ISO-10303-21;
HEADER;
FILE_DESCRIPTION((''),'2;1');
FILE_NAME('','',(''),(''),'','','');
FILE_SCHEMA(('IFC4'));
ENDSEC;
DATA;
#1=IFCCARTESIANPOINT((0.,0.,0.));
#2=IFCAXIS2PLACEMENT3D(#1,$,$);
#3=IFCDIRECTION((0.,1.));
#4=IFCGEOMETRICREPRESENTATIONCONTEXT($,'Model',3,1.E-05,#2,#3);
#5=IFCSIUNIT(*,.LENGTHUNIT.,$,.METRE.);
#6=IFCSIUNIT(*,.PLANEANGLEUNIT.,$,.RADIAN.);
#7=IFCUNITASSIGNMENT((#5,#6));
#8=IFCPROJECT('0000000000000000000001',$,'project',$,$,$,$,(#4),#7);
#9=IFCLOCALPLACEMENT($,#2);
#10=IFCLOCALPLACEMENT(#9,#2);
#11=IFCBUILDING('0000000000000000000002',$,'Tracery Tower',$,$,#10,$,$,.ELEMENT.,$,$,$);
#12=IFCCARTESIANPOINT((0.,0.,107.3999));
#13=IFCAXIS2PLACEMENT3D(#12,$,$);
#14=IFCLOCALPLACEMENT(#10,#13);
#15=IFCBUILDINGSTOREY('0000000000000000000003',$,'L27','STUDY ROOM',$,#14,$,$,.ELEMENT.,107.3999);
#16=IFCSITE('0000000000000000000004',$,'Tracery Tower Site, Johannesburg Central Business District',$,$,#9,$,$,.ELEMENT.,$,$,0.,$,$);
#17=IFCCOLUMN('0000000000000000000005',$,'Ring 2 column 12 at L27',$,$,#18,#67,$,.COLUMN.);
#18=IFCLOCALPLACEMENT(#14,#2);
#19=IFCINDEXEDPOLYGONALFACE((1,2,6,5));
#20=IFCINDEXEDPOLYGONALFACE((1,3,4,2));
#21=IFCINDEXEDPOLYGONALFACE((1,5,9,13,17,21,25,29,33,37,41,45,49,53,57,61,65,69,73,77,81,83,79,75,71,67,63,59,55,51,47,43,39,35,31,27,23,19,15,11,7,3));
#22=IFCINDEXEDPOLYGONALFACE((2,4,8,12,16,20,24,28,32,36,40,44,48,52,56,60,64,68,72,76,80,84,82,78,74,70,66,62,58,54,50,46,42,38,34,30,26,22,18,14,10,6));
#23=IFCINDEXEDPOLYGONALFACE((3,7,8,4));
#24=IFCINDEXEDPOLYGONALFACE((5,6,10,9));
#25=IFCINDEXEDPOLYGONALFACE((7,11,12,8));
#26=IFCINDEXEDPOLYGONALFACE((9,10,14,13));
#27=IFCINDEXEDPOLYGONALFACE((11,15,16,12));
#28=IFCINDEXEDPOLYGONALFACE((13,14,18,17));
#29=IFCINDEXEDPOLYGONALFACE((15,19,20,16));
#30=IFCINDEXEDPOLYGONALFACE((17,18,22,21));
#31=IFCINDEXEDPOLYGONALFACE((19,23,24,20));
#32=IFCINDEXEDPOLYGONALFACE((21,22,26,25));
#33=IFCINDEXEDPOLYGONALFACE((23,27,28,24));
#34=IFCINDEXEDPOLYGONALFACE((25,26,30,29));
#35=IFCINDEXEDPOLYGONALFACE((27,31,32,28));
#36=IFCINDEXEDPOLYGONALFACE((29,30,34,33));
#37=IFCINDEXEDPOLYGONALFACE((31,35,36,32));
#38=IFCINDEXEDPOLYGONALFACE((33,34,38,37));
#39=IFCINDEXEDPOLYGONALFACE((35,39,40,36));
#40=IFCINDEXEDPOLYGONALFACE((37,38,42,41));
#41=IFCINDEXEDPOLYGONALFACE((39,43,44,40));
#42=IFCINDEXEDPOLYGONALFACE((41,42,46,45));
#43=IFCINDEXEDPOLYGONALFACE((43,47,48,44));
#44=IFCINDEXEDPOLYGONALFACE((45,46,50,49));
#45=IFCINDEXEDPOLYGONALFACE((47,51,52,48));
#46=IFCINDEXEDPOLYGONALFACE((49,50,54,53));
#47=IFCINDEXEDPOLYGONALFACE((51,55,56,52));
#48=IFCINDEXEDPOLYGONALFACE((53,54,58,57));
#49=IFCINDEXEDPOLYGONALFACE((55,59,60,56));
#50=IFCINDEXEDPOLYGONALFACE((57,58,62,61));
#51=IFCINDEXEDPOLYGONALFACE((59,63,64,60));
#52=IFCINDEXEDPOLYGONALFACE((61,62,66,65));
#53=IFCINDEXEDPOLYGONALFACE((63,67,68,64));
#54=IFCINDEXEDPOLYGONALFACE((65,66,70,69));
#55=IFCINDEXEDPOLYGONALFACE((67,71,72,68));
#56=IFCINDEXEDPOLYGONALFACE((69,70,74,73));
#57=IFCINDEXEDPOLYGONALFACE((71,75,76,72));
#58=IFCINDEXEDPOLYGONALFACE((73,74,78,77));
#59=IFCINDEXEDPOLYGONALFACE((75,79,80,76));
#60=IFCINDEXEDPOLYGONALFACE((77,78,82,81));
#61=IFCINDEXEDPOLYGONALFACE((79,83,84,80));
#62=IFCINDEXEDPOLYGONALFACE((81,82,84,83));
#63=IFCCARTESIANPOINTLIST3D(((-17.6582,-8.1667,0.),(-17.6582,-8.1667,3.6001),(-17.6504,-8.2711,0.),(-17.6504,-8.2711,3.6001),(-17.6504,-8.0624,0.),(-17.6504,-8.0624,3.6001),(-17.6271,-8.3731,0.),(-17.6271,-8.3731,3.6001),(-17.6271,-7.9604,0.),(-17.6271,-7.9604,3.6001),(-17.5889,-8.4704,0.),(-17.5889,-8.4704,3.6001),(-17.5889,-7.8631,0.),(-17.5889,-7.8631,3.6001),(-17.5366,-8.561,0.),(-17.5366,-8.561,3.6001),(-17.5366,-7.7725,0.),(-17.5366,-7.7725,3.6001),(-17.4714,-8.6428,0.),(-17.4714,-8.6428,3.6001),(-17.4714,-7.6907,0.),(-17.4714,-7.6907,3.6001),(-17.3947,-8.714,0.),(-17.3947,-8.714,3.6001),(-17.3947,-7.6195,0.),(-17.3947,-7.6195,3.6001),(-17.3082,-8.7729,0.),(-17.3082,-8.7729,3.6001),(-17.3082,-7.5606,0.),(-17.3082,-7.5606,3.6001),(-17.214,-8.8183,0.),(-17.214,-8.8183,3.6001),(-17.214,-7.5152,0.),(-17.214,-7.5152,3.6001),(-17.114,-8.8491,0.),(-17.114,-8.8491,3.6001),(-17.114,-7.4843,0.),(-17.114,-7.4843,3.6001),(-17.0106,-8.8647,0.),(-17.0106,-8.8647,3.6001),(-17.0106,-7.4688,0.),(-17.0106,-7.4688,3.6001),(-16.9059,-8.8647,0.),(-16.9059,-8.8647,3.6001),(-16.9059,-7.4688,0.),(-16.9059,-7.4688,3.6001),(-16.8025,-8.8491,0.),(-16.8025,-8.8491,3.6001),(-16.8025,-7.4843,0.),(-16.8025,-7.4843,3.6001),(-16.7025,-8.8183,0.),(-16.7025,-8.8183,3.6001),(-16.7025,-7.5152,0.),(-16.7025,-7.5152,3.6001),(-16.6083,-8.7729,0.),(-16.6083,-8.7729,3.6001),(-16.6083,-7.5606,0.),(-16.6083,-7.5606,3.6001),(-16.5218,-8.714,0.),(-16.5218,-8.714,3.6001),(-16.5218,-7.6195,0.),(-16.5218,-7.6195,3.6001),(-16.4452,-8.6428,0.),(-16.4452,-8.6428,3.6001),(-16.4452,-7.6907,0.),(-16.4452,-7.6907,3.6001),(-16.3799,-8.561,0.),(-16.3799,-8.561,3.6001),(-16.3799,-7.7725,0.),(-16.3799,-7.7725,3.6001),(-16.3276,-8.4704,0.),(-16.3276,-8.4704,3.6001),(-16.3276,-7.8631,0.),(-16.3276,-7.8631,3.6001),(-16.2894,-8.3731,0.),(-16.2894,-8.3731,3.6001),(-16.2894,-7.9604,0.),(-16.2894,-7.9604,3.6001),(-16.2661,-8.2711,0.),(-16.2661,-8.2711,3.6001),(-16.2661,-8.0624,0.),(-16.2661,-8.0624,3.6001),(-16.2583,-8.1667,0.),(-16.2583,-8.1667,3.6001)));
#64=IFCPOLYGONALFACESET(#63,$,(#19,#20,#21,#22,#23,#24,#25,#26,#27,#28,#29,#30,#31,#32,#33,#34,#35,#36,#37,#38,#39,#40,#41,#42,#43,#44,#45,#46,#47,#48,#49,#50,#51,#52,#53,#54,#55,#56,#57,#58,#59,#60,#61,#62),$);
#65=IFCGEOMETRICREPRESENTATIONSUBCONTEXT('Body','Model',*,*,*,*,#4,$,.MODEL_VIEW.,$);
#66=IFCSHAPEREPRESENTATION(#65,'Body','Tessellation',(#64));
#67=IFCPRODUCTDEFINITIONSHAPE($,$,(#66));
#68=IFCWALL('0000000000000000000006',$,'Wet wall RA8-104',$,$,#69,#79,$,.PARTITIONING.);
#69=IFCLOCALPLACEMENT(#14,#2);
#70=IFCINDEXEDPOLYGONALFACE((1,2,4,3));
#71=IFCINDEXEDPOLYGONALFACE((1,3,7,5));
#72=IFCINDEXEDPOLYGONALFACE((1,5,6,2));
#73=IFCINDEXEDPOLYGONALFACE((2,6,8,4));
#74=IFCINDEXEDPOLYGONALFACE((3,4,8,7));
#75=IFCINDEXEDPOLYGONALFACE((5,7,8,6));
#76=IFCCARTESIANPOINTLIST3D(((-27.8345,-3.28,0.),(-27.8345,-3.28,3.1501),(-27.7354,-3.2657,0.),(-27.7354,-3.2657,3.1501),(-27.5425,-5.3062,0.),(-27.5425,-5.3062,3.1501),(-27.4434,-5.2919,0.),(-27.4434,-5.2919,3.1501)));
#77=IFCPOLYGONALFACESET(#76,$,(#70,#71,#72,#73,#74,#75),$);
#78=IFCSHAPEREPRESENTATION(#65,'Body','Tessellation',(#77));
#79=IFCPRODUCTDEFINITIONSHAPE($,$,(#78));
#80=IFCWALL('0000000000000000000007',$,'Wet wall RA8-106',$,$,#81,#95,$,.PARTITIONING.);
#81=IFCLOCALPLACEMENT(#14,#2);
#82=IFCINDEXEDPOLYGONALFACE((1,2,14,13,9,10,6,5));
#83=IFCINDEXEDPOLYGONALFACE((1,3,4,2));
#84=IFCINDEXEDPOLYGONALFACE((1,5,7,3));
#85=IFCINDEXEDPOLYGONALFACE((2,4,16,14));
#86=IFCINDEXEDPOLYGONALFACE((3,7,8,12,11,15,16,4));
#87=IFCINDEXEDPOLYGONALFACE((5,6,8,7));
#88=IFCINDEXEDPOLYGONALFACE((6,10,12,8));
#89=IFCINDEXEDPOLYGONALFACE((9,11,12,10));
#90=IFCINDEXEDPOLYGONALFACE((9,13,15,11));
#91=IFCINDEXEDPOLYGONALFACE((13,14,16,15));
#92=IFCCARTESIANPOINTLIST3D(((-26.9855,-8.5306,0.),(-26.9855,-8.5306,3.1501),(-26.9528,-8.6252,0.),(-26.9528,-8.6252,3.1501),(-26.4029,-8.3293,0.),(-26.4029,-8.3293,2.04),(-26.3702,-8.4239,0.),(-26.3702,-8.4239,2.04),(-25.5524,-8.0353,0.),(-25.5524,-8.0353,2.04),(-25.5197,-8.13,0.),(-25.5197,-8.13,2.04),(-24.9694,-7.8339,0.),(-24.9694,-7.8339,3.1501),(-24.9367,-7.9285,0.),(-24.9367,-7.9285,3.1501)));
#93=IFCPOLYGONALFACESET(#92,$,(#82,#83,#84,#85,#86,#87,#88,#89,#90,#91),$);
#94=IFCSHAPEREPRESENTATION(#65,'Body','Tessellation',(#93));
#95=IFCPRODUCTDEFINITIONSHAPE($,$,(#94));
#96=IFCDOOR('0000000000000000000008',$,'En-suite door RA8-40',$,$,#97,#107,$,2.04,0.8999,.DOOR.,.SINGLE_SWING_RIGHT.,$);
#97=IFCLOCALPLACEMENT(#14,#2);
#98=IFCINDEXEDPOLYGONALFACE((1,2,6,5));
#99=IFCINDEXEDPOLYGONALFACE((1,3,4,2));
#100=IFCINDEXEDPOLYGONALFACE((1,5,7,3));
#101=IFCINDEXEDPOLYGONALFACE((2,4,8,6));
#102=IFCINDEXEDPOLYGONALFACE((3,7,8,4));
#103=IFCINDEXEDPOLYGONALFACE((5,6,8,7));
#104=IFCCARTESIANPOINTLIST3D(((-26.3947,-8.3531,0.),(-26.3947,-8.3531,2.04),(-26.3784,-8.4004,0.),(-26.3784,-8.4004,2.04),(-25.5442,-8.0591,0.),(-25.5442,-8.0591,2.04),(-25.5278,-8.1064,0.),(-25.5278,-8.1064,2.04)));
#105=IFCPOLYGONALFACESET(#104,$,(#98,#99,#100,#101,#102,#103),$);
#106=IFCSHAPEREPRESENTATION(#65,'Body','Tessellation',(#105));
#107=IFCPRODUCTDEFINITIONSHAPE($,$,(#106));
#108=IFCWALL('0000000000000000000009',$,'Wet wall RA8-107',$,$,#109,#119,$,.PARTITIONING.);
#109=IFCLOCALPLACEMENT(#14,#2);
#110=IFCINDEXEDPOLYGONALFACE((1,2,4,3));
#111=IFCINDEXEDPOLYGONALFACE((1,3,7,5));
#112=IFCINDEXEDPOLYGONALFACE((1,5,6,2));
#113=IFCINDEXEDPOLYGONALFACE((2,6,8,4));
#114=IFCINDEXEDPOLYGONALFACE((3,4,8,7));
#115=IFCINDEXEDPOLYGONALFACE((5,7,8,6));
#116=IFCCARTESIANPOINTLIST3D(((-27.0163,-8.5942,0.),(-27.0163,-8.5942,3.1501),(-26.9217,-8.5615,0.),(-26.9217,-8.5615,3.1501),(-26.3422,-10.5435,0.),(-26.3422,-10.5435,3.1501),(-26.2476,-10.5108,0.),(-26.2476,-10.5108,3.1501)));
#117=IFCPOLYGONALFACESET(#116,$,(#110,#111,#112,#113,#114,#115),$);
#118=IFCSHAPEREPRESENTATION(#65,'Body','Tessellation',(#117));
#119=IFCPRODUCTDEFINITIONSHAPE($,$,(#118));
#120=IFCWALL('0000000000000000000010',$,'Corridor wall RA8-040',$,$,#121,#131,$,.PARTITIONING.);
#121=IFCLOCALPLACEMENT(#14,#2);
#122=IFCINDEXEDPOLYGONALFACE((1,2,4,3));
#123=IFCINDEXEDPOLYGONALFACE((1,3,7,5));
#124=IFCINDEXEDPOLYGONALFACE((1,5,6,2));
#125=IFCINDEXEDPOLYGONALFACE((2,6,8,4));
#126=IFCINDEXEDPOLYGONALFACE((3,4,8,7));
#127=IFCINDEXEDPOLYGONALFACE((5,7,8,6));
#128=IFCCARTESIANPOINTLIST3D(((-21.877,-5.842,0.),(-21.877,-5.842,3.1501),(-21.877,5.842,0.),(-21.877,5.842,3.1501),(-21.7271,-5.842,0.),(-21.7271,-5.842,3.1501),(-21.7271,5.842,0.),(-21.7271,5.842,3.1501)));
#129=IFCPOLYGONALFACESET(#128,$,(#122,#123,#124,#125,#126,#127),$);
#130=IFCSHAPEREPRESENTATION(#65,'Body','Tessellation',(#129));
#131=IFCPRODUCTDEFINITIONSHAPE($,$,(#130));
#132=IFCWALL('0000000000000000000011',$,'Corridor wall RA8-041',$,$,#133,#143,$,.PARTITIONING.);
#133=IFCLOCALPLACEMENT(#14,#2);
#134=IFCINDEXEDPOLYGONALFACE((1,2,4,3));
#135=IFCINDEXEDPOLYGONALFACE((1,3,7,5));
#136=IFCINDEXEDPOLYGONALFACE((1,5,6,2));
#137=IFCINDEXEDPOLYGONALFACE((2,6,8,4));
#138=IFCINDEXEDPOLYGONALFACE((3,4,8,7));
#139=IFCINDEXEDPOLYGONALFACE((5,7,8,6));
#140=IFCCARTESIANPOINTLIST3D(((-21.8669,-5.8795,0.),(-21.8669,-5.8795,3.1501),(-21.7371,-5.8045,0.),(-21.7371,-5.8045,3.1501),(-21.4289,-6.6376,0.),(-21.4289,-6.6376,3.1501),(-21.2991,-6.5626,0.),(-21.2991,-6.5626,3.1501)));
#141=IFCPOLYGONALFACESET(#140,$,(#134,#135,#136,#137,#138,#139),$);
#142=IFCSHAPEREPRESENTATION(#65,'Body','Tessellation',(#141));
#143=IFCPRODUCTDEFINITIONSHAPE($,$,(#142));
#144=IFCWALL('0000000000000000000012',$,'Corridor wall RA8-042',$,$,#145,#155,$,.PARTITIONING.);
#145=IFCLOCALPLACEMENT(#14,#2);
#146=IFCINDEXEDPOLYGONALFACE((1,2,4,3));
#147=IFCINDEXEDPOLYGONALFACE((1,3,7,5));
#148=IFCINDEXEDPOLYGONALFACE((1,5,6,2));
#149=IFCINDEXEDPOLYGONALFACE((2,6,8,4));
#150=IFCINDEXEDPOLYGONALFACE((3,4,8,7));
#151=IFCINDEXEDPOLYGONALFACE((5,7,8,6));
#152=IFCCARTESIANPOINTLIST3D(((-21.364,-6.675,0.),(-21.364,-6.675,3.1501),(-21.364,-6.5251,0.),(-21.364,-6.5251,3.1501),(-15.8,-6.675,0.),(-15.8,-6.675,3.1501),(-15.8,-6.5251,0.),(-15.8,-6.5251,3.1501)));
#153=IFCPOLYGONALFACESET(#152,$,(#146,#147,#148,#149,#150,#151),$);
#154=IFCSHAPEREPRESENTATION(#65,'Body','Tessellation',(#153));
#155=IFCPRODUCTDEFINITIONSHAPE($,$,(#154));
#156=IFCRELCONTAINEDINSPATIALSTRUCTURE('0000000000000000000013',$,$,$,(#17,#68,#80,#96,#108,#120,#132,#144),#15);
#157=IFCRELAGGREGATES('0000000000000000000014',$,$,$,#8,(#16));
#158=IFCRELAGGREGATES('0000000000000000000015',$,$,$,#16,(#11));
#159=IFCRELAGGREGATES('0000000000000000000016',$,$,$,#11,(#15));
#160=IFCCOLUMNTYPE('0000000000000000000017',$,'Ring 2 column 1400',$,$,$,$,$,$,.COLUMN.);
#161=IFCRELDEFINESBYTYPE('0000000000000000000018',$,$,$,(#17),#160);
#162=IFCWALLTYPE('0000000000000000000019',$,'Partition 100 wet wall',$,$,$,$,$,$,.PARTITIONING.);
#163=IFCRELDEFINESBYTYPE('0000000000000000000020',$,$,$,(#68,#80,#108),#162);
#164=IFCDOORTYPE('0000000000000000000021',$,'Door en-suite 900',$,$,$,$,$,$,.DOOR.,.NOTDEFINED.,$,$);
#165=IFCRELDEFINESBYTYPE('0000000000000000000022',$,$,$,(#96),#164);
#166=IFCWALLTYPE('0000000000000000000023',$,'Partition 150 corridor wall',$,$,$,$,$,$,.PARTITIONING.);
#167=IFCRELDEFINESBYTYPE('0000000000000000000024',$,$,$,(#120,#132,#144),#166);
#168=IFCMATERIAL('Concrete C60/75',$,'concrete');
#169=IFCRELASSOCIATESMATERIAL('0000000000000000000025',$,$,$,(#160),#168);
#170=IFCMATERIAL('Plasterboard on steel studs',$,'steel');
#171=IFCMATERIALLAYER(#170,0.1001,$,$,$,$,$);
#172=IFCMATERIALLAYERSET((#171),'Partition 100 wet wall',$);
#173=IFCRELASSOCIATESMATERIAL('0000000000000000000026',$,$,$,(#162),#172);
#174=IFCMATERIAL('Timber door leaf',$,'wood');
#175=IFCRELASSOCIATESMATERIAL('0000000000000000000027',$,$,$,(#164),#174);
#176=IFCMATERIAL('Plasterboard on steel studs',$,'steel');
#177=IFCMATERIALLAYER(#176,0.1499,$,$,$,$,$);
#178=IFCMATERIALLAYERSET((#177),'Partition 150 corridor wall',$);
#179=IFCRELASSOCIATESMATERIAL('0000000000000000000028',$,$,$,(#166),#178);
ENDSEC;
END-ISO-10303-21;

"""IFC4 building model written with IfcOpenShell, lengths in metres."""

from ifc_helpers import new_model, si_unit, direction, frame, frame_2d, origin, origin_2d, place, context, subcontext, project, spatial, rectangle, circle, extrude, material, layer, layer_set, material_profile, profile_set, type_object, element, fill, save


model = new_model("IFC4")

# Units and contexts
model_context = context("Model", 3, precision=1e-05, world=origin(), true_north=direction((0.0, 1.0)))
body_context = subcontext(model_context, "Body", "Model", "MODEL_VIEW")
ifc_project = project(units=[si_unit("LENGTHUNIT", "METRE"), si_unit("PLANEANGLEUNIT", "RADIAN")], contexts=[model_context])

# Site, building, storey
site_placement = place(None, origin())
site = spatial("IfcSite", under=ifc_project, at=site_placement, Name="Tracery Tower Site, Johannesburg Central Business District", CompositionType="ELEMENT", RefElevation=0.0)
building_placement = place(site_placement, origin())
building = spatial("IfcBuilding", under=site, at=building_placement, Name="Tracery Tower", CompositionType="ELEMENT")
storey_placement = place(building_placement, frame((0.0, 0.0, 107.3999)))
storey = spatial("IfcBuildingStorey", under=building, at=storey_placement, Name="L27", Description="STUDY ROOM", CompositionType="ELEMENT", Elevation=107.3999)

# Column
ifc_material_1 = material(Name="Concrete C60/75", Category="concrete")
ifc_material_profile_1 = material_profile(ifc_material_1, circle(Radius=0.7, at=origin_2d()), Name="RC D1400")
ifc_profile_set_1 = profile_set([ifc_material_profile_1], Name="Concrete C60/75")
column_type_1 = type_object("IfcColumnType", Name="Ring 2 column 1400", PredefinedType="COLUMN", material=ifc_profile_set_1)
for number, where, z_axis, x_axis, name in (
    (1, (-16.9583, -8.1667, 0.0), (0.0, 0.0, 1.0), (1.0, 0.0, 0.0), "Ring 2 column 12 at L27"),
):
    element("IfcColumn", number, at=place(storey_placement, frame(where, z_axis=z_axis, x_axis=x_axis)), inside=storey, type_object=column_type_1, Name=name, PredefinedType="COLUMN", context=body_context, shape_type="SweptSolid", body=[
        extrude(circle(Radius=0.7, at=origin_2d()), origin(), (0.0, 0.0, 1.0), 3.6001),
    ])

# Wall
ifc_material_2 = material(Name="Plasterboard on steel studs", Category="steel")
ifc_layer_1 = layer(ifc_material_2, 0.1001)
ifc_layer_set_1 = layer_set([ifc_layer_1], Name="Partition 100 wet wall")
wall_type_1 = type_object("IfcWallType", Name="Partition 100 wet wall", PredefinedType="PARTITIONING", material=ifc_layer_set_1)
wall_1_placement = place(storey_placement, frame((-27.7849, -3.2729, 0.0), z_axis=(0.0, 0.0, 1.0), x_axis=(0.14264, -0.989775, 0.0)))
element("IfcWall", 2, at=wall_1_placement, inside=storey, type_object=wall_type_1, Name="Wet wall RA8-104", PredefinedType="PARTITIONING", context=body_context, shape_type="SweptSolid", body=[
    extrude(rectangle(XDim=2.0471, YDim=0.1001, at=frame_2d((1.0234, 0.0))), origin(), (0.0, 0.0, 1.0), 3.1501),
])

# Wall, opening, door
wall_2_placement = place(storey_placement, frame((-26.969, -8.5779, 0.0), z_axis=(0.0, 0.0, 1.0), x_axis=(0.945147, 0.326647, 0.0)))
wall_2 = element("IfcWall", 3, at=wall_2_placement, inside=storey, type_object=wall_type_1, Name="Wet wall RA8-106", PredefinedType="PARTITIONING", context=body_context, shape_type="SweptSolid", body=[
    extrude(rectangle(XDim=2.1331, YDim=0.1001, at=frame_2d((1.0664, 0.0))), origin(), (0.0, 0.0, 1.0), 3.1501),
])
opening_1_placement = place(wall_2_placement, frame((0.6162, 0.0, 0.0)))
opening_1 = element("IfcOpeningElement", 4, at=opening_1_placement, cuts=wall_2, PredefinedType="OPENING", context=body_context, shape_type="SweptSolid", body=[
    extrude(rectangle(XDim=0.8999, YDim=2.04, at=frame_2d((0.45, 1.02))), frame((0.0, 0.05, 0.0), z_axis=(0.0, -1.0, 0.0), x_axis=(1.0, 0.0, 0.0)), (0.0, 0.0, 1.0), 0.1001),
])
ifc_material_3 = material(Name="Timber door leaf", Category="wood")
door_type_1 = type_object("IfcDoorType", Name="Door en-suite 900", OperationType="NOTDEFINED", PredefinedType="DOOR", material=ifc_material_3)
door_1_placement = place(opening_1_placement, origin())
door_1 = element("IfcDoor", 5, at=door_1_placement, inside=storey, type_object=door_type_1, Name="En-suite door RA8-40", OperationType="SINGLE_SWING_RIGHT", OverallHeight=2.04, OverallWidth=0.8999, PredefinedType="DOOR", context=body_context, shape_type="SweptSolid", body=[
    extrude(rectangle(XDim=0.8999, YDim=2.04, at=frame_2d((0.45, 1.02))), frame((0.0, 0.0249, 0.0), z_axis=(0.0, -1.0, 0.0), x_axis=(1.0, 0.0, 0.0)), (0.0, 0.0, 1.0), 0.05),
])
fill(opening_1, door_1)

# Walls
wall_3_placement = place(storey_placement, frame((-26.969, -8.5779, 0.0), z_axis=(0.0, 0.0, 1.0), x_axis=(0.326826, -0.945085, 0.0)))
element("IfcWall", 6, at=wall_3_placement, inside=storey, type_object=wall_type_1, Name="Wet wall RA8-107", PredefinedType="PARTITIONING", context=body_context, shape_type="SweptSolid", body=[
    extrude(rectangle(XDim=2.0625, YDim=0.1001, at=frame_2d((1.0312, 0.0))), origin(), (0.0, 0.0, 1.0), 3.1501),
])
ifc_material_4 = material(Name="Plasterboard on steel studs", Category="steel")
ifc_layer_2 = layer(ifc_material_4, 0.1499)
ifc_layer_set_2 = layer_set([ifc_layer_2], Name="Partition 150 corridor wall")
wall_type_2 = type_object("IfcWallType", Name="Partition 150 corridor wall", PredefinedType="PARTITIONING", material=ifc_layer_set_2)
wall_4_placement = place(storey_placement, frame((-21.802, -5.842, 0.0), z_axis=(0.0, 0.0, 1.0), x_axis=(0.0, 1.0, 0.0)))
element("IfcWall", 7, at=wall_4_placement, inside=storey, type_object=wall_type_2, Name="Corridor wall RA8-040", PredefinedType="PARTITIONING", context=body_context, shape_type="SweptSolid", body=[
    extrude(rectangle(XDim=11.6841, YDim=0.1499, at=frame_2d((5.842, 0.0))), origin(), (0.0, 0.0, 1.0), 3.1501),
])
wall_5_placement = place(storey_placement, frame((-21.802, -5.842, 0.0), z_axis=(0.0, 0.0, 1.0), x_axis=(0.500278, -0.865865, 0.0)))
element("IfcWall", 8, at=wall_5_placement, inside=storey, type_object=wall_type_2, Name="Corridor wall RA8-041", PredefinedType="PARTITIONING", context=body_context, shape_type="SweptSolid", body=[
    extrude(rectangle(XDim=0.8755, YDim=0.1499, at=frame_2d((0.4377, 0.0))), origin(), (0.0, 0.0, 1.0), 3.1501),
])
wall_6_placement = place(storey_placement, frame((-21.364, -6.6001, 0.0), z_axis=(0.0, 0.0, 1.0), x_axis=(1.0, 0.0, 0.0)))
element("IfcWall", 9, at=wall_6_placement, inside=storey, type_object=wall_type_2, Name="Corridor wall RA8-042", PredefinedType="PARTITIONING", context=body_context, shape_type="SweptSolid", body=[
    extrude(rectangle(XDim=5.564, YDim=0.1499, at=frame_2d((2.782, 0.0))), origin(), (0.0, 0.0, 1.0), 3.1501),
])

save(model, "model.ifc")
